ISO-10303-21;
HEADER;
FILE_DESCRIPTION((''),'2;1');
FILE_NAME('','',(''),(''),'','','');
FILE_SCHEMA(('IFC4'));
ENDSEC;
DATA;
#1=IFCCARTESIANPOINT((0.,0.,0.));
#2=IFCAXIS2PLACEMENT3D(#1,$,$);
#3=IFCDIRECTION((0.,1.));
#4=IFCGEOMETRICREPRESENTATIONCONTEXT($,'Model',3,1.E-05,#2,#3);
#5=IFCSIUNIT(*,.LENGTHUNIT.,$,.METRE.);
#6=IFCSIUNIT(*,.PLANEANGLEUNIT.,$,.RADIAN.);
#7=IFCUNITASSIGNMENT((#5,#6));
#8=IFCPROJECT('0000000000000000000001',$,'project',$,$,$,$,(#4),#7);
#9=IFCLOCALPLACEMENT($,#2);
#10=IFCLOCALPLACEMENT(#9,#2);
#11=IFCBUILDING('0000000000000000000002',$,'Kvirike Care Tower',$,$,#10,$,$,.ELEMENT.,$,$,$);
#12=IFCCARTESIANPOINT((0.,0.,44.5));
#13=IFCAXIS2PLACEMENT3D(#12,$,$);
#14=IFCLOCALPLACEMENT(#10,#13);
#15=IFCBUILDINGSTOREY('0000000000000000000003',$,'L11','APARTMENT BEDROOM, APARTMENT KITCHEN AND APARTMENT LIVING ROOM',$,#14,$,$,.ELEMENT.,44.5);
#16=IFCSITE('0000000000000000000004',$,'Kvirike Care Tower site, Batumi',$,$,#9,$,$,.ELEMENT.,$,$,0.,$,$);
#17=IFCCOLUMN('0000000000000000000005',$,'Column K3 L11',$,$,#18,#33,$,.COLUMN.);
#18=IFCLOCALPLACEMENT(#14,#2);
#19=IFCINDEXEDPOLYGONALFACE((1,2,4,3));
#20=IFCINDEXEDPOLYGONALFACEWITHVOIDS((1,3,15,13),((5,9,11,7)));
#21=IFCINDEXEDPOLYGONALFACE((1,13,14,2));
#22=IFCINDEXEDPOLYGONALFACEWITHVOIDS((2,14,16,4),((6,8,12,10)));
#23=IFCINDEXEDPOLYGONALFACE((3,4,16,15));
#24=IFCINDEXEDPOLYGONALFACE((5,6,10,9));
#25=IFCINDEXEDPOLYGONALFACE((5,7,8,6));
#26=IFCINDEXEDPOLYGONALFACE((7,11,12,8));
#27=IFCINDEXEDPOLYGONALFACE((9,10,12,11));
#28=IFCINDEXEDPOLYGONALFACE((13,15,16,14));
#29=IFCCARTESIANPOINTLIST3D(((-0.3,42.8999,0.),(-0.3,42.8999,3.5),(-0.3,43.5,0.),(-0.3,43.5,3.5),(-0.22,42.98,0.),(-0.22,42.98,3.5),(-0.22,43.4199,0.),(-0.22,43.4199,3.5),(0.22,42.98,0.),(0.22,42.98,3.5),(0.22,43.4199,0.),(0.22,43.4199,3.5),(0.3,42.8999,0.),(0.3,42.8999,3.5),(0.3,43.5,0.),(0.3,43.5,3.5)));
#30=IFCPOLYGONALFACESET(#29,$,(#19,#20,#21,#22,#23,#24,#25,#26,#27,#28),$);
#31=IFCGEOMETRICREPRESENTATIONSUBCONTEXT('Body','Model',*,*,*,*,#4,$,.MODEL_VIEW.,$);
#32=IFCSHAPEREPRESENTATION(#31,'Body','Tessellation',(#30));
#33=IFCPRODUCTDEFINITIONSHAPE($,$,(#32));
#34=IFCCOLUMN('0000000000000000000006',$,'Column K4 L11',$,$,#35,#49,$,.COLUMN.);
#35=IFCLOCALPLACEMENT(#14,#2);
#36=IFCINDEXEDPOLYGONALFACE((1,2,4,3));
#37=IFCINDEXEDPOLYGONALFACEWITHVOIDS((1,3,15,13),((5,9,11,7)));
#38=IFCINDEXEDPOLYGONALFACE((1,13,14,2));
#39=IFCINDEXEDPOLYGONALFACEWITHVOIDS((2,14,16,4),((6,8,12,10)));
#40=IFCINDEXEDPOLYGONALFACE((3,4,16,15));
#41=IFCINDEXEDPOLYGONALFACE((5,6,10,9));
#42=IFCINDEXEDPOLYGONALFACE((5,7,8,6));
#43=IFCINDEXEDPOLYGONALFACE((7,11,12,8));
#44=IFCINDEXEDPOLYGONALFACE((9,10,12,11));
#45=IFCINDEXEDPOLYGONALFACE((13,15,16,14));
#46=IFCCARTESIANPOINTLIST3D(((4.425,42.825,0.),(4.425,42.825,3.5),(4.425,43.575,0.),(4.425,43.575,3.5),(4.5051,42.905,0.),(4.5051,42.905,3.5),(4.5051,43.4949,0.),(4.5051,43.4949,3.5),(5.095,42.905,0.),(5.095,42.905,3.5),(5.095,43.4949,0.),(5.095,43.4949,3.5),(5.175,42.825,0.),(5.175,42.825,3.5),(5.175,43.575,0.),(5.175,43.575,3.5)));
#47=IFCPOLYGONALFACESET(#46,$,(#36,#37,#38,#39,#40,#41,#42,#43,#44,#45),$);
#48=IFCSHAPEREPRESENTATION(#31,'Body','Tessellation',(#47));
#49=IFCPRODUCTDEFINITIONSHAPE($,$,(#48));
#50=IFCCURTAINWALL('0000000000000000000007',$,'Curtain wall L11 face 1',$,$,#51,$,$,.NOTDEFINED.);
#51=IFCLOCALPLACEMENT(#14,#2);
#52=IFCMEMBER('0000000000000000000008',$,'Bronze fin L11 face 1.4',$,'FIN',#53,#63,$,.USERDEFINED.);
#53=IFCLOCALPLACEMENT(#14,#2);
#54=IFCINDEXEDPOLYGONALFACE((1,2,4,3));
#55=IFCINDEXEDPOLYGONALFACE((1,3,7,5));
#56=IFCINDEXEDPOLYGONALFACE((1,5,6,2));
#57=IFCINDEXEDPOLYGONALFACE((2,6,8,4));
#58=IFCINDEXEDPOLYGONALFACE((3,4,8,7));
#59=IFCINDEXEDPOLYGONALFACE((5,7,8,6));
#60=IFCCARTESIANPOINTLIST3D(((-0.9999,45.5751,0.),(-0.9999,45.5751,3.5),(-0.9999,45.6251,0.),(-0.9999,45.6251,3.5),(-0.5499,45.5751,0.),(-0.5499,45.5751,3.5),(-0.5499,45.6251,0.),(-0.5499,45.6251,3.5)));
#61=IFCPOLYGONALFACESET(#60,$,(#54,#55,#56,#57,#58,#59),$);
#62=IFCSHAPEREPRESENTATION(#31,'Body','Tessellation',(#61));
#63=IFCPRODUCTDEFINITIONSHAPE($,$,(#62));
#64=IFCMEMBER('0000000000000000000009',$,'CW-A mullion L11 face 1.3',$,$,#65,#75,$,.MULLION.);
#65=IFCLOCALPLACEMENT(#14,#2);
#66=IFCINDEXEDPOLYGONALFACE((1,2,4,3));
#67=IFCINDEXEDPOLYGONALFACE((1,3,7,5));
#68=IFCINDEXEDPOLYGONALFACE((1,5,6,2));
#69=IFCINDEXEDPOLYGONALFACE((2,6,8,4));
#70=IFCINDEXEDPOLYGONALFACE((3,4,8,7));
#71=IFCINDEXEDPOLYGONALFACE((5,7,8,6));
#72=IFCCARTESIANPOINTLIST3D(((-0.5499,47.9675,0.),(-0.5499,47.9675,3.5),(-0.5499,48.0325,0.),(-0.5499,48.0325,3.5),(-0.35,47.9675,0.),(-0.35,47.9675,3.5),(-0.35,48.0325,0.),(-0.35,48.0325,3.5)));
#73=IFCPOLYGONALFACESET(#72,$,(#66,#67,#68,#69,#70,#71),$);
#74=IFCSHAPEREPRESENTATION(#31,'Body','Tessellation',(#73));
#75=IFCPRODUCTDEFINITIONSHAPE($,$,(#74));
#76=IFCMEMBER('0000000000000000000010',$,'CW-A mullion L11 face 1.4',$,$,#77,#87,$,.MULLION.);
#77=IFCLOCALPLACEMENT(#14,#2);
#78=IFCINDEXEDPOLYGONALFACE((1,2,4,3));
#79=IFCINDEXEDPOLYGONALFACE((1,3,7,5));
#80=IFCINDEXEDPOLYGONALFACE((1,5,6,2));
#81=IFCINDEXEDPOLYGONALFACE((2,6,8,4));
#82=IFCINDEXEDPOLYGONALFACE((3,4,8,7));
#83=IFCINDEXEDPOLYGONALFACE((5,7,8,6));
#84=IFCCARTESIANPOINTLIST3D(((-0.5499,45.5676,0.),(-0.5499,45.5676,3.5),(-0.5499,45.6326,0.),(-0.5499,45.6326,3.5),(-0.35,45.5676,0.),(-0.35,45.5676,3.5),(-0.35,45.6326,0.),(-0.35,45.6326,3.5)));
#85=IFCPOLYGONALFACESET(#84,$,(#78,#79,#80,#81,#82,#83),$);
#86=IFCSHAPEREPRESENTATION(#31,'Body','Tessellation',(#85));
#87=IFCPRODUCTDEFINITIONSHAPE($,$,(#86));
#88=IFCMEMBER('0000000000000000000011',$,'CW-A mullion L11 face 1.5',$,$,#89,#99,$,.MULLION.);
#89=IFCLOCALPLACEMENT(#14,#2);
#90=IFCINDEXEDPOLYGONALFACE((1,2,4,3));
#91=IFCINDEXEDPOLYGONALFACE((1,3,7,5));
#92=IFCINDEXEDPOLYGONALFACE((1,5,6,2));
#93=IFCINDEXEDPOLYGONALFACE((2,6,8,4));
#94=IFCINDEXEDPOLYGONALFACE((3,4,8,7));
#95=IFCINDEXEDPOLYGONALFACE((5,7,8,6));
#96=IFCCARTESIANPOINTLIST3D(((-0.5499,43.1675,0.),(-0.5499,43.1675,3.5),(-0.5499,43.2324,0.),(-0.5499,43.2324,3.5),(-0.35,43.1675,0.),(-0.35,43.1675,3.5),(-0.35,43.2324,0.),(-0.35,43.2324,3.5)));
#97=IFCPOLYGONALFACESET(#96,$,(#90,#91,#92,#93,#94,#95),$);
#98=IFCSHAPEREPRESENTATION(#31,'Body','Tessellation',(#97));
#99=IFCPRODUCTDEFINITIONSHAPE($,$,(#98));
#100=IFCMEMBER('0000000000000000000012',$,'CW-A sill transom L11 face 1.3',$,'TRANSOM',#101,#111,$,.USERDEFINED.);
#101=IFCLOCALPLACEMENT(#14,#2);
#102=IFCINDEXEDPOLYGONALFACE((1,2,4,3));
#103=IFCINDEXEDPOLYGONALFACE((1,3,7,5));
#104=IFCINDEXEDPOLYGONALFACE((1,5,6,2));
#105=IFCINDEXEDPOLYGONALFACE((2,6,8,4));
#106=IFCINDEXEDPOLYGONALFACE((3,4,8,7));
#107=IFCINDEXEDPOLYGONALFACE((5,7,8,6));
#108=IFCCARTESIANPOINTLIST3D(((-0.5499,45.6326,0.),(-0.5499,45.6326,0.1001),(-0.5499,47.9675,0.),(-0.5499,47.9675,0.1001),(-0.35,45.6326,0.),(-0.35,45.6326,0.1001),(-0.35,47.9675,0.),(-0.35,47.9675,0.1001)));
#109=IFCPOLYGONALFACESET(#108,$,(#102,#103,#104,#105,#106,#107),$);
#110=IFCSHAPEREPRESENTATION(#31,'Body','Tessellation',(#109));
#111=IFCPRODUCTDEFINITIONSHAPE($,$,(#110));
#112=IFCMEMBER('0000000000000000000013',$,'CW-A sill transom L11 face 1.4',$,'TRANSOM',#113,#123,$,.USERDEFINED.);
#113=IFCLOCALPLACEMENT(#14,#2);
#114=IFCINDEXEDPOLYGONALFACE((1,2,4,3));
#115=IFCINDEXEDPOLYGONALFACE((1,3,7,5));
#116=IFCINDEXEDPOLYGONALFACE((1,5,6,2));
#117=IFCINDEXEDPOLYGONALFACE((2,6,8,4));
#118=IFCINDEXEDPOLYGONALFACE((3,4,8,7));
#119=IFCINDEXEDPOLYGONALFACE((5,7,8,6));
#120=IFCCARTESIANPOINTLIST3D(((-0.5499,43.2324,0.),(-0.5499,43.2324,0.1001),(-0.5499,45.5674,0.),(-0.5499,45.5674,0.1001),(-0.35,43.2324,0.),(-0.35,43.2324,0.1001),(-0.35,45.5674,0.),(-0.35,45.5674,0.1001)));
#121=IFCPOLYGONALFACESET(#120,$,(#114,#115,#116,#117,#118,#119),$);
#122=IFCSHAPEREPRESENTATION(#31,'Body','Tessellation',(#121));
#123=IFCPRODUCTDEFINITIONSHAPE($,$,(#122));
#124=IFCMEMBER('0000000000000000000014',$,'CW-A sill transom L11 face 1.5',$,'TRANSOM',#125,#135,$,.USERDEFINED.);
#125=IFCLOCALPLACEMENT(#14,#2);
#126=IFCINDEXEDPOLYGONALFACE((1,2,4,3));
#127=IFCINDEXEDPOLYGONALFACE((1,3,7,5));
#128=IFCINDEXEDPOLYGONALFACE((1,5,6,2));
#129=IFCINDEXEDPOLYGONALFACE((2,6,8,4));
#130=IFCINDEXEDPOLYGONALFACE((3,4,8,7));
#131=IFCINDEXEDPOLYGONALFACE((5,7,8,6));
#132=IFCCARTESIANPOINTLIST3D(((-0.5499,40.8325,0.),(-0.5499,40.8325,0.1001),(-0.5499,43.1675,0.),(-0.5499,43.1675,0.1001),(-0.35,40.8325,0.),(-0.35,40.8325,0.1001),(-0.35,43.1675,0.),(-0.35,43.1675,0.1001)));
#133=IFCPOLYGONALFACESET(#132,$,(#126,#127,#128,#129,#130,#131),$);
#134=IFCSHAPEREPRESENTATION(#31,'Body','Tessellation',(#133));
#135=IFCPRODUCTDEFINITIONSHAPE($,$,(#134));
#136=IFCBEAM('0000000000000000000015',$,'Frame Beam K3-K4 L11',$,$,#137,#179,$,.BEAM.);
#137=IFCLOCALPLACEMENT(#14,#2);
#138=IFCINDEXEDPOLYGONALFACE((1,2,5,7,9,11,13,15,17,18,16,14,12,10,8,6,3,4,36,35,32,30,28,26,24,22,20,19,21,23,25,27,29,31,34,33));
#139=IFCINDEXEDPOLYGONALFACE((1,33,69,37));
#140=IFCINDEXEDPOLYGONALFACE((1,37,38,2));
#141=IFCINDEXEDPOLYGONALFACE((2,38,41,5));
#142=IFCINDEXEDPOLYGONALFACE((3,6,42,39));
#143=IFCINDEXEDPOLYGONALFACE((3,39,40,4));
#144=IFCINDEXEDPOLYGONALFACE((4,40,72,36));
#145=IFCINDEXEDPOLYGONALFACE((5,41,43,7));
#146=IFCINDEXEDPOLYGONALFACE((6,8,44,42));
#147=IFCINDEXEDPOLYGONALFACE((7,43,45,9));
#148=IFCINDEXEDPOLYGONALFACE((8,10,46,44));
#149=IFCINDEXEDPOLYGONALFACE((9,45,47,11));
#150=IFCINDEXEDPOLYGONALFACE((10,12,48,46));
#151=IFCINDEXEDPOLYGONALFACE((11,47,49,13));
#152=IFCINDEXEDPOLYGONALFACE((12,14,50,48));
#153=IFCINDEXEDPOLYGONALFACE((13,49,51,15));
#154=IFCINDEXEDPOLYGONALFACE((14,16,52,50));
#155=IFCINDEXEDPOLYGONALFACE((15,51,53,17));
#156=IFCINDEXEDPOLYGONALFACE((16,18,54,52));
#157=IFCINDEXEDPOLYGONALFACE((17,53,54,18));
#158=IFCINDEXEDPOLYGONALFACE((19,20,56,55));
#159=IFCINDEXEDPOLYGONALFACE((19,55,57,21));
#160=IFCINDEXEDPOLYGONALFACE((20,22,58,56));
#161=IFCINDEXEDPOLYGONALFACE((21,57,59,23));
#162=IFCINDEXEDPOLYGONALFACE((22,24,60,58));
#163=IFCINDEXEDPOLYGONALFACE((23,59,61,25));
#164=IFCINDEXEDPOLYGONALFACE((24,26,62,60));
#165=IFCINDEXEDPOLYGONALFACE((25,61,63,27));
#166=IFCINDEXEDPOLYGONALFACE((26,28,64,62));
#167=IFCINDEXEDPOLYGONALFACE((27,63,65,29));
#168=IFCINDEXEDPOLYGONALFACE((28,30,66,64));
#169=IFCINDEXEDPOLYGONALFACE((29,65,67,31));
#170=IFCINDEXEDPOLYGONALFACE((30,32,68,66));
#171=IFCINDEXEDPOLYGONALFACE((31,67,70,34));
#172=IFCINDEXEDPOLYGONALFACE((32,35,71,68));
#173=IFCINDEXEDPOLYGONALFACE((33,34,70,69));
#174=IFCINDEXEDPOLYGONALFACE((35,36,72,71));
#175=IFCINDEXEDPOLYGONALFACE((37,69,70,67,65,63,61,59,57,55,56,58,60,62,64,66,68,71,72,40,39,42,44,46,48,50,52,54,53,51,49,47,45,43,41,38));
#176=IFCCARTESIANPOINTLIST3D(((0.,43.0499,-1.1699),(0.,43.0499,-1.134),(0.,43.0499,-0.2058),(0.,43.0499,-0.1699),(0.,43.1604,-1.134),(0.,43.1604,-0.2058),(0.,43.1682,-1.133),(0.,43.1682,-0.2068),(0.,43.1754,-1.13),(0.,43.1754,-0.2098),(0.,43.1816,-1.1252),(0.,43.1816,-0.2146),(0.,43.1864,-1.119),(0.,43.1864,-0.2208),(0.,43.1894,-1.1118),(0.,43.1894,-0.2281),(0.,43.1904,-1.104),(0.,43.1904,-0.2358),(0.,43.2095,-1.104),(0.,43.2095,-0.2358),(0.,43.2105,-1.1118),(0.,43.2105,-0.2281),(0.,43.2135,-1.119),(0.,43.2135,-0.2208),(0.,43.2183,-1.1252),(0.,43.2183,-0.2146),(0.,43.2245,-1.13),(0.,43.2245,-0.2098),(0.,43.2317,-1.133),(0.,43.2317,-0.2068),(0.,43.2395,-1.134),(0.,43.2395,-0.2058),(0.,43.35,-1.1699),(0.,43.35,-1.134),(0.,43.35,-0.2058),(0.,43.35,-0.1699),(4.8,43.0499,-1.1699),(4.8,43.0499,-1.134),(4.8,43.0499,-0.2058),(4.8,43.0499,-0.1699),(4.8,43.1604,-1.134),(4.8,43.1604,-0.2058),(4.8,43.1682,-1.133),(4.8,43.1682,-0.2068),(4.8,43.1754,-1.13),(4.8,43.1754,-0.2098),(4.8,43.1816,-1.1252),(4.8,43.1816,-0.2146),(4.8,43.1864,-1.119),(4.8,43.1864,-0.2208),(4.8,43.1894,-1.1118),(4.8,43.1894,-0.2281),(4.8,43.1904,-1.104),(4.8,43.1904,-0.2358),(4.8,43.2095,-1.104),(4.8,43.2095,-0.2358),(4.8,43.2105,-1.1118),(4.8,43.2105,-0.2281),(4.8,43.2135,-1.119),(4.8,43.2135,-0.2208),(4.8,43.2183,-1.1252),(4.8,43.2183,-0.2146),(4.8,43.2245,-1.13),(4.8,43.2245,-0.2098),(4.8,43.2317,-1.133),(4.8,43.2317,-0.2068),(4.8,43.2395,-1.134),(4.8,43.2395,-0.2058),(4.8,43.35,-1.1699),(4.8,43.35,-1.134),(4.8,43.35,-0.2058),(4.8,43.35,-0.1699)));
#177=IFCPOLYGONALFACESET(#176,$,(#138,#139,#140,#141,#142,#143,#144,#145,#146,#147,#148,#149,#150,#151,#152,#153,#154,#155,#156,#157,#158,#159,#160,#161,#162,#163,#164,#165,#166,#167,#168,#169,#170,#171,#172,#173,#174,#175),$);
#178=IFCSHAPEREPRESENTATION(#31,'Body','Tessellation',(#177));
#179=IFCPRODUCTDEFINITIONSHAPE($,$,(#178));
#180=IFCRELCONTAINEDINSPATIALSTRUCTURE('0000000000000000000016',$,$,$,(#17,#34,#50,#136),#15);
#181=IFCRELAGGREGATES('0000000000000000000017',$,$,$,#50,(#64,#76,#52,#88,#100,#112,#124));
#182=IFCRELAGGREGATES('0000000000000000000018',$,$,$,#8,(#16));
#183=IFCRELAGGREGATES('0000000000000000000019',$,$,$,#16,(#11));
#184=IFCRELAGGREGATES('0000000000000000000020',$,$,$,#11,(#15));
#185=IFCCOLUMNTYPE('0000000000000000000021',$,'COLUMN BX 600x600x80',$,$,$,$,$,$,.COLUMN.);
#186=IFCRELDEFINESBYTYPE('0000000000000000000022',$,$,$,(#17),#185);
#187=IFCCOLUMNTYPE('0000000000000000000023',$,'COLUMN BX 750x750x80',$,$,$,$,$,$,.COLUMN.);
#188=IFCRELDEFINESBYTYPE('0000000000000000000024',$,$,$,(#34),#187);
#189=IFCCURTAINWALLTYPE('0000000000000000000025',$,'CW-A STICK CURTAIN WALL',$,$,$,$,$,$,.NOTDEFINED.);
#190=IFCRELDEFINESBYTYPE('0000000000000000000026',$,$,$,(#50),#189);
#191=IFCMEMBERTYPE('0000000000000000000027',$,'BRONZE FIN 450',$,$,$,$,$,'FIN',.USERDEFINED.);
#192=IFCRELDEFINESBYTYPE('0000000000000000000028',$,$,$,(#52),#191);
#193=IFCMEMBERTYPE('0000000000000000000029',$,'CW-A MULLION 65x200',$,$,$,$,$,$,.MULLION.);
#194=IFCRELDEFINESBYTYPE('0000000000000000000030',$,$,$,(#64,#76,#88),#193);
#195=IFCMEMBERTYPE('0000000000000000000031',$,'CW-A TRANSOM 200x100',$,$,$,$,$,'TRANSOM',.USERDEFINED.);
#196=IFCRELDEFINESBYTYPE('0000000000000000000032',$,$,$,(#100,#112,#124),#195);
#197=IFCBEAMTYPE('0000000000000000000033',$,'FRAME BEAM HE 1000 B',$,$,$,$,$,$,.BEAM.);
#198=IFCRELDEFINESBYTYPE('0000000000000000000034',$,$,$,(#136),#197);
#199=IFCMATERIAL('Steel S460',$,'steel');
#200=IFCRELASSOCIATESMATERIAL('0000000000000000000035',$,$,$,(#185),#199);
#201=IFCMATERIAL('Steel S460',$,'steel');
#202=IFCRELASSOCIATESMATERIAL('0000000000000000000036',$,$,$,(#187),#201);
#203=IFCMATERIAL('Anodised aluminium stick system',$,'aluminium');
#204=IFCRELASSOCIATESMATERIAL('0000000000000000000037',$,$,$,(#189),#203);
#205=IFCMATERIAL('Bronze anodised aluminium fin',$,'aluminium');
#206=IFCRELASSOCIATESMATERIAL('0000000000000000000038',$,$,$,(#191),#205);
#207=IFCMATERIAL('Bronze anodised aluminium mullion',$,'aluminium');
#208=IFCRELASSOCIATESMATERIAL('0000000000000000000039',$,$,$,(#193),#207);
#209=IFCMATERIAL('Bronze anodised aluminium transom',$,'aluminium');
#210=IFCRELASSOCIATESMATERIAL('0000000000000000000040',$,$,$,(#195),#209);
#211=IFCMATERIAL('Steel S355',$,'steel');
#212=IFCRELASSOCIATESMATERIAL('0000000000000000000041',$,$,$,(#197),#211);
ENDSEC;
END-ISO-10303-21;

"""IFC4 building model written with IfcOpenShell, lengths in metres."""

from ifc_helpers import new_model, si_unit, direction, frame, origin, origin_2d, place, context, subcontext, project, spatial, rectangle, hollow_rectangle, i_section, extrude, material, material_profile, profile_set, type_object, element, aggregate, save


model = new_model("IFC4")

# Units and contexts
model_context = context("Model", 3, precision=1e-05, world=origin(), true_north=direction((0.0, 1.0)))
body_context = subcontext(model_context, "Body", "Model", "MODEL_VIEW")
ifc_project = project(units=[si_unit("LENGTHUNIT", "METRE"), si_unit("PLANEANGLEUNIT", "RADIAN")], contexts=[model_context])

# Site, building, storey
site_placement = place(None, origin())
site = spatial("IfcSite", under=ifc_project, at=site_placement, Name="Kvirike Care Tower site, Batumi", CompositionType="ELEMENT", RefElevation=0.0)
building_placement = place(site_placement, origin())
building = spatial("IfcBuilding", under=site, at=building_placement, Name="Kvirike Care Tower", CompositionType="ELEMENT")
storey_placement = place(building_placement, frame((0.0, 0.0, 44.5)))
storey = spatial("IfcBuildingStorey", under=building, at=storey_placement, Name="L11", Description="APARTMENT BEDROOM, APARTMENT KITCHEN AND APARTMENT LIVING ROOM", CompositionType="ELEMENT", Elevation=44.5)

# Columns
ifc_material_1 = material(Name="Steel S460", Category="steel")
ifc_material_profile_1 = material_profile(ifc_material_1, hollow_rectangle(XDim=0.6001, YDim=0.6001, WallThickness=0.0801, at=origin_2d()), Name="BX 600x600x80")
ifc_profile_set_1 = profile_set([ifc_material_profile_1], Name="Steel S460")
column_type_1 = type_object("IfcColumnType", Name="COLUMN BX 600x600x80", PredefinedType="COLUMN", material=ifc_profile_set_1)
column_1_placement = place(storey_placement, frame((0.0, 43.2, 0.0), z_axis=(0.0, 0.0, 1.0), x_axis=(0.0, 1.0, 0.0)))
element("IfcColumn", 1, at=column_1_placement, inside=storey, type_object=column_type_1, Name="Column K3 L11", PredefinedType="COLUMN", context=body_context, shape_type="SweptSolid", body=[
    extrude(hollow_rectangle(XDim=0.6001, YDim=0.6001, WallThickness=0.0801, at=origin_2d()), origin(), (0.0, 0.0, 1.0), 3.5),
])
ifc_material_2 = material(Name="Steel S460", Category="steel")
ifc_material_profile_2 = material_profile(ifc_material_2, hollow_rectangle(XDim=0.75, YDim=0.75, WallThickness=0.0801, at=origin_2d()), Name="BX 750x750x80")
ifc_profile_set_2 = profile_set([ifc_material_profile_2], Name="Steel S460")
column_type_2 = type_object("IfcColumnType", Name="COLUMN BX 750x750x80", PredefinedType="COLUMN", material=ifc_profile_set_2)
column_2_placement = place(storey_placement, frame((4.8, 43.2, 0.0), z_axis=(0.0, 0.0, 1.0), x_axis=(0.0, 1.0, 0.0)))
element("IfcColumn", 2, at=column_2_placement, inside=storey, type_object=column_type_2, Name="Column K4 L11", PredefinedType="COLUMN", context=body_context, shape_type="SweptSolid", body=[
    extrude(hollow_rectangle(XDim=0.75, YDim=0.75, WallThickness=0.0801, at=origin_2d()), origin(), (0.0, 0.0, 1.0), 3.5),
])

# Curtain wall, members
ifc_material_3 = material(Name="Anodised aluminium stick system", Category="aluminium")
curtain_wall_type = type_object("IfcCurtainWallType", Name="CW-A STICK CURTAIN WALL", PredefinedType="NOTDEFINED", material=ifc_material_3)
curtain_wall_placement = place(storey_placement, origin())
curtain_wall = element("IfcCurtainWall", 3, at=curtain_wall_placement, inside=storey, type_object=curtain_wall_type, Name="Curtain wall L11 face 1", PredefinedType="NOTDEFINED")
ifc_material_4 = material(Name="Bronze anodised aluminium fin", Category="aluminium")
ifc_material_profile_3 = material_profile(ifc_material_4, rectangle(XDim=0.05, YDim=0.45, at=origin_2d()), Name="BRONZE FIN 450")
ifc_profile_set_3 = profile_set([ifc_material_profile_3], Name="Bronze anodised aluminium fin")
member_type_1 = type_object("IfcMemberType", Name="BRONZE FIN 450", ElementType="FIN", PredefinedType="USERDEFINED", material=ifc_profile_set_3)
member_1_placement = place(storey_placement, frame((-0.7749, 45.6001, 0.0), z_axis=(0.0, 0.0, 1.0), x_axis=(0.0, -1.0, 0.0)))
member_1 = element("IfcMember", 4, at=member_1_placement, type_object=member_type_1, Name="Bronze fin L11 face 1.4", ObjectType="FIN", PredefinedType="USERDEFINED", context=body_context, shape_type="SweptSolid", body=[
    extrude(rectangle(XDim=0.05, YDim=0.45, at=origin_2d()), origin(), (0.0, 0.0, 1.0), 3.5),
])
ifc_material_5 = material(Name="Bronze anodised aluminium mullion", Category="aluminium")
ifc_material_profile_4 = material_profile(ifc_material_5, rectangle(XDim=0.0649, YDim=0.2, at=origin_2d()), Name="CW-A MULLION 65x200")
ifc_profile_set_4 = profile_set([ifc_material_profile_4], Name="Bronze anodised aluminium mullion")
member_type_2 = type_object("IfcMemberType", Name="CW-A MULLION 65x200", PredefinedType="MULLION", material=ifc_profile_set_4)
member_2_placement = place(storey_placement, frame((-0.45, 48.0, 0.0), z_axis=(0.0, 0.0, 1.0), x_axis=(0.0, -1.0, 0.0)))
member_2 = element("IfcMember", 5, at=member_2_placement, type_object=member_type_2, Name="CW-A mullion L11 face 1.3", PredefinedType="MULLION", context=body_context, shape_type="SweptSolid", body=[
    extrude(rectangle(XDim=0.0649, YDim=0.2, at=origin_2d()), origin(), (0.0, 0.0, 1.0), 3.5),
])
member_3_placement = place(storey_placement, frame((-0.45, 45.6001, 0.0), z_axis=(0.0, 0.0, 1.0), x_axis=(0.0, -1.0, 0.0)))
member_3 = element("IfcMember", 6, at=member_3_placement, type_object=member_type_2, Name="CW-A mullion L11 face 1.4", PredefinedType="MULLION", context=body_context, shape_type="SweptSolid", body=[
    extrude(rectangle(XDim=0.0649, YDim=0.2, at=origin_2d()), origin(), (0.0, 0.0, 1.0), 3.5),
])
member_4_placement = place(storey_placement, frame((-0.45, 43.2, 0.0), z_axis=(0.0, 0.0, 1.0), x_axis=(0.0, -1.0, 0.0)))
member_4 = element("IfcMember", 7, at=member_4_placement, type_object=member_type_2, Name="CW-A mullion L11 face 1.5", PredefinedType="MULLION", context=body_context, shape_type="SweptSolid", body=[
    extrude(rectangle(XDim=0.0649, YDim=0.2, at=origin_2d()), origin(), (0.0, 0.0, 1.0), 3.5),
])
ifc_material_6 = material(Name="Bronze anodised aluminium transom", Category="aluminium")
ifc_material_profile_5 = material_profile(ifc_material_6, rectangle(XDim=0.2, YDim=0.1001, at=origin_2d()), Name="CW-A TRANSOM 200x100")
ifc_profile_set_5 = profile_set([ifc_material_profile_5], Name="Bronze anodised aluminium transom")
member_type_3 = type_object("IfcMemberType", Name="CW-A TRANSOM 200x100", ElementType="TRANSOM", PredefinedType="USERDEFINED", material=ifc_profile_set_5)
member_5_placement = place(storey_placement, frame((-0.45, 47.9675, 0.05), z_axis=(0.0, -1.0, 0.0), x_axis=(1.0, 0.0, 0.0)))
member_5 = element("IfcMember", 8, at=member_5_placement, type_object=member_type_3, Name="CW-A sill transom L11 face 1.3", ObjectType="TRANSOM", PredefinedType="USERDEFINED", context=body_context, shape_type="SweptSolid", body=[
    extrude(rectangle(XDim=0.2, YDim=0.1001, at=origin_2d()), origin(), (0.0, 0.0, 1.0), 2.335),
])
member_6_placement = place(storey_placement, frame((-0.45, 45.5674, 0.05), z_axis=(0.0, -1.0, 0.0), x_axis=(1.0, 0.0, 0.0)))
member_6 = element("IfcMember", 9, at=member_6_placement, type_object=member_type_3, Name="CW-A sill transom L11 face 1.4", ObjectType="TRANSOM", PredefinedType="USERDEFINED", context=body_context, shape_type="SweptSolid", body=[
    extrude(rectangle(XDim=0.2, YDim=0.1001, at=origin_2d()), origin(), (0.0, 0.0, 1.0), 2.335),
])
member_7_placement = place(storey_placement, frame((-0.45, 43.1675, 0.05), z_axis=(0.0, -1.0, 0.0), x_axis=(1.0, 0.0, 0.0)))
member_7 = element("IfcMember", 10, at=member_7_placement, type_object=member_type_3, Name="CW-A sill transom L11 face 1.5", ObjectType="TRANSOM", PredefinedType="USERDEFINED", context=body_context, shape_type="SweptSolid", body=[
    extrude(rectangle(XDim=0.2, YDim=0.1001, at=origin_2d()), origin(), (0.0, 0.0, 1.0), 2.335),
])

# Beam
ifc_material_7 = material(Name="Steel S355", Category="steel")
ifc_material_profile_6 = material_profile(ifc_material_7, i_section(OverallWidth=0.3, OverallDepth=1.0, WebThickness=0.019, FlangeThickness=0.0359, FilletRadius=0.03, at=origin_2d()), Name="HE 1000 B")
ifc_profile_set_6 = profile_set([ifc_material_profile_6], Name="Steel S355")
beam_type_1 = type_object("IfcBeamType", Name="FRAME BEAM HE 1000 B", PredefinedType="BEAM", material=ifc_profile_set_6)
for number, where, z_axis, x_axis, name in (
    (11, (0.0, 43.2, -0.6699), (1.0, 0.0, 0.0), (0.0, 1.0, 0.0), "Frame Beam K3-K4 L11"),
):
    element("IfcBeam", number, at=place(storey_placement, frame(where, z_axis=z_axis, x_axis=x_axis)), inside=storey, type_object=beam_type_1, Name=name, PredefinedType="BEAM", context=body_context, shape_type="SweptSolid", body=[
        extrude(i_section(OverallWidth=0.3, OverallDepth=1.0, WebThickness=0.019, FlangeThickness=0.0359, FilletRadius=0.03, at=origin_2d()), origin(), (0.0, 0.0, 1.0), 4.8),
    ])

aggregate(curtain_wall, [member_2, member_3, member_1, member_4, member_5, member_6, member_7])

save(model, "model.ifc")
